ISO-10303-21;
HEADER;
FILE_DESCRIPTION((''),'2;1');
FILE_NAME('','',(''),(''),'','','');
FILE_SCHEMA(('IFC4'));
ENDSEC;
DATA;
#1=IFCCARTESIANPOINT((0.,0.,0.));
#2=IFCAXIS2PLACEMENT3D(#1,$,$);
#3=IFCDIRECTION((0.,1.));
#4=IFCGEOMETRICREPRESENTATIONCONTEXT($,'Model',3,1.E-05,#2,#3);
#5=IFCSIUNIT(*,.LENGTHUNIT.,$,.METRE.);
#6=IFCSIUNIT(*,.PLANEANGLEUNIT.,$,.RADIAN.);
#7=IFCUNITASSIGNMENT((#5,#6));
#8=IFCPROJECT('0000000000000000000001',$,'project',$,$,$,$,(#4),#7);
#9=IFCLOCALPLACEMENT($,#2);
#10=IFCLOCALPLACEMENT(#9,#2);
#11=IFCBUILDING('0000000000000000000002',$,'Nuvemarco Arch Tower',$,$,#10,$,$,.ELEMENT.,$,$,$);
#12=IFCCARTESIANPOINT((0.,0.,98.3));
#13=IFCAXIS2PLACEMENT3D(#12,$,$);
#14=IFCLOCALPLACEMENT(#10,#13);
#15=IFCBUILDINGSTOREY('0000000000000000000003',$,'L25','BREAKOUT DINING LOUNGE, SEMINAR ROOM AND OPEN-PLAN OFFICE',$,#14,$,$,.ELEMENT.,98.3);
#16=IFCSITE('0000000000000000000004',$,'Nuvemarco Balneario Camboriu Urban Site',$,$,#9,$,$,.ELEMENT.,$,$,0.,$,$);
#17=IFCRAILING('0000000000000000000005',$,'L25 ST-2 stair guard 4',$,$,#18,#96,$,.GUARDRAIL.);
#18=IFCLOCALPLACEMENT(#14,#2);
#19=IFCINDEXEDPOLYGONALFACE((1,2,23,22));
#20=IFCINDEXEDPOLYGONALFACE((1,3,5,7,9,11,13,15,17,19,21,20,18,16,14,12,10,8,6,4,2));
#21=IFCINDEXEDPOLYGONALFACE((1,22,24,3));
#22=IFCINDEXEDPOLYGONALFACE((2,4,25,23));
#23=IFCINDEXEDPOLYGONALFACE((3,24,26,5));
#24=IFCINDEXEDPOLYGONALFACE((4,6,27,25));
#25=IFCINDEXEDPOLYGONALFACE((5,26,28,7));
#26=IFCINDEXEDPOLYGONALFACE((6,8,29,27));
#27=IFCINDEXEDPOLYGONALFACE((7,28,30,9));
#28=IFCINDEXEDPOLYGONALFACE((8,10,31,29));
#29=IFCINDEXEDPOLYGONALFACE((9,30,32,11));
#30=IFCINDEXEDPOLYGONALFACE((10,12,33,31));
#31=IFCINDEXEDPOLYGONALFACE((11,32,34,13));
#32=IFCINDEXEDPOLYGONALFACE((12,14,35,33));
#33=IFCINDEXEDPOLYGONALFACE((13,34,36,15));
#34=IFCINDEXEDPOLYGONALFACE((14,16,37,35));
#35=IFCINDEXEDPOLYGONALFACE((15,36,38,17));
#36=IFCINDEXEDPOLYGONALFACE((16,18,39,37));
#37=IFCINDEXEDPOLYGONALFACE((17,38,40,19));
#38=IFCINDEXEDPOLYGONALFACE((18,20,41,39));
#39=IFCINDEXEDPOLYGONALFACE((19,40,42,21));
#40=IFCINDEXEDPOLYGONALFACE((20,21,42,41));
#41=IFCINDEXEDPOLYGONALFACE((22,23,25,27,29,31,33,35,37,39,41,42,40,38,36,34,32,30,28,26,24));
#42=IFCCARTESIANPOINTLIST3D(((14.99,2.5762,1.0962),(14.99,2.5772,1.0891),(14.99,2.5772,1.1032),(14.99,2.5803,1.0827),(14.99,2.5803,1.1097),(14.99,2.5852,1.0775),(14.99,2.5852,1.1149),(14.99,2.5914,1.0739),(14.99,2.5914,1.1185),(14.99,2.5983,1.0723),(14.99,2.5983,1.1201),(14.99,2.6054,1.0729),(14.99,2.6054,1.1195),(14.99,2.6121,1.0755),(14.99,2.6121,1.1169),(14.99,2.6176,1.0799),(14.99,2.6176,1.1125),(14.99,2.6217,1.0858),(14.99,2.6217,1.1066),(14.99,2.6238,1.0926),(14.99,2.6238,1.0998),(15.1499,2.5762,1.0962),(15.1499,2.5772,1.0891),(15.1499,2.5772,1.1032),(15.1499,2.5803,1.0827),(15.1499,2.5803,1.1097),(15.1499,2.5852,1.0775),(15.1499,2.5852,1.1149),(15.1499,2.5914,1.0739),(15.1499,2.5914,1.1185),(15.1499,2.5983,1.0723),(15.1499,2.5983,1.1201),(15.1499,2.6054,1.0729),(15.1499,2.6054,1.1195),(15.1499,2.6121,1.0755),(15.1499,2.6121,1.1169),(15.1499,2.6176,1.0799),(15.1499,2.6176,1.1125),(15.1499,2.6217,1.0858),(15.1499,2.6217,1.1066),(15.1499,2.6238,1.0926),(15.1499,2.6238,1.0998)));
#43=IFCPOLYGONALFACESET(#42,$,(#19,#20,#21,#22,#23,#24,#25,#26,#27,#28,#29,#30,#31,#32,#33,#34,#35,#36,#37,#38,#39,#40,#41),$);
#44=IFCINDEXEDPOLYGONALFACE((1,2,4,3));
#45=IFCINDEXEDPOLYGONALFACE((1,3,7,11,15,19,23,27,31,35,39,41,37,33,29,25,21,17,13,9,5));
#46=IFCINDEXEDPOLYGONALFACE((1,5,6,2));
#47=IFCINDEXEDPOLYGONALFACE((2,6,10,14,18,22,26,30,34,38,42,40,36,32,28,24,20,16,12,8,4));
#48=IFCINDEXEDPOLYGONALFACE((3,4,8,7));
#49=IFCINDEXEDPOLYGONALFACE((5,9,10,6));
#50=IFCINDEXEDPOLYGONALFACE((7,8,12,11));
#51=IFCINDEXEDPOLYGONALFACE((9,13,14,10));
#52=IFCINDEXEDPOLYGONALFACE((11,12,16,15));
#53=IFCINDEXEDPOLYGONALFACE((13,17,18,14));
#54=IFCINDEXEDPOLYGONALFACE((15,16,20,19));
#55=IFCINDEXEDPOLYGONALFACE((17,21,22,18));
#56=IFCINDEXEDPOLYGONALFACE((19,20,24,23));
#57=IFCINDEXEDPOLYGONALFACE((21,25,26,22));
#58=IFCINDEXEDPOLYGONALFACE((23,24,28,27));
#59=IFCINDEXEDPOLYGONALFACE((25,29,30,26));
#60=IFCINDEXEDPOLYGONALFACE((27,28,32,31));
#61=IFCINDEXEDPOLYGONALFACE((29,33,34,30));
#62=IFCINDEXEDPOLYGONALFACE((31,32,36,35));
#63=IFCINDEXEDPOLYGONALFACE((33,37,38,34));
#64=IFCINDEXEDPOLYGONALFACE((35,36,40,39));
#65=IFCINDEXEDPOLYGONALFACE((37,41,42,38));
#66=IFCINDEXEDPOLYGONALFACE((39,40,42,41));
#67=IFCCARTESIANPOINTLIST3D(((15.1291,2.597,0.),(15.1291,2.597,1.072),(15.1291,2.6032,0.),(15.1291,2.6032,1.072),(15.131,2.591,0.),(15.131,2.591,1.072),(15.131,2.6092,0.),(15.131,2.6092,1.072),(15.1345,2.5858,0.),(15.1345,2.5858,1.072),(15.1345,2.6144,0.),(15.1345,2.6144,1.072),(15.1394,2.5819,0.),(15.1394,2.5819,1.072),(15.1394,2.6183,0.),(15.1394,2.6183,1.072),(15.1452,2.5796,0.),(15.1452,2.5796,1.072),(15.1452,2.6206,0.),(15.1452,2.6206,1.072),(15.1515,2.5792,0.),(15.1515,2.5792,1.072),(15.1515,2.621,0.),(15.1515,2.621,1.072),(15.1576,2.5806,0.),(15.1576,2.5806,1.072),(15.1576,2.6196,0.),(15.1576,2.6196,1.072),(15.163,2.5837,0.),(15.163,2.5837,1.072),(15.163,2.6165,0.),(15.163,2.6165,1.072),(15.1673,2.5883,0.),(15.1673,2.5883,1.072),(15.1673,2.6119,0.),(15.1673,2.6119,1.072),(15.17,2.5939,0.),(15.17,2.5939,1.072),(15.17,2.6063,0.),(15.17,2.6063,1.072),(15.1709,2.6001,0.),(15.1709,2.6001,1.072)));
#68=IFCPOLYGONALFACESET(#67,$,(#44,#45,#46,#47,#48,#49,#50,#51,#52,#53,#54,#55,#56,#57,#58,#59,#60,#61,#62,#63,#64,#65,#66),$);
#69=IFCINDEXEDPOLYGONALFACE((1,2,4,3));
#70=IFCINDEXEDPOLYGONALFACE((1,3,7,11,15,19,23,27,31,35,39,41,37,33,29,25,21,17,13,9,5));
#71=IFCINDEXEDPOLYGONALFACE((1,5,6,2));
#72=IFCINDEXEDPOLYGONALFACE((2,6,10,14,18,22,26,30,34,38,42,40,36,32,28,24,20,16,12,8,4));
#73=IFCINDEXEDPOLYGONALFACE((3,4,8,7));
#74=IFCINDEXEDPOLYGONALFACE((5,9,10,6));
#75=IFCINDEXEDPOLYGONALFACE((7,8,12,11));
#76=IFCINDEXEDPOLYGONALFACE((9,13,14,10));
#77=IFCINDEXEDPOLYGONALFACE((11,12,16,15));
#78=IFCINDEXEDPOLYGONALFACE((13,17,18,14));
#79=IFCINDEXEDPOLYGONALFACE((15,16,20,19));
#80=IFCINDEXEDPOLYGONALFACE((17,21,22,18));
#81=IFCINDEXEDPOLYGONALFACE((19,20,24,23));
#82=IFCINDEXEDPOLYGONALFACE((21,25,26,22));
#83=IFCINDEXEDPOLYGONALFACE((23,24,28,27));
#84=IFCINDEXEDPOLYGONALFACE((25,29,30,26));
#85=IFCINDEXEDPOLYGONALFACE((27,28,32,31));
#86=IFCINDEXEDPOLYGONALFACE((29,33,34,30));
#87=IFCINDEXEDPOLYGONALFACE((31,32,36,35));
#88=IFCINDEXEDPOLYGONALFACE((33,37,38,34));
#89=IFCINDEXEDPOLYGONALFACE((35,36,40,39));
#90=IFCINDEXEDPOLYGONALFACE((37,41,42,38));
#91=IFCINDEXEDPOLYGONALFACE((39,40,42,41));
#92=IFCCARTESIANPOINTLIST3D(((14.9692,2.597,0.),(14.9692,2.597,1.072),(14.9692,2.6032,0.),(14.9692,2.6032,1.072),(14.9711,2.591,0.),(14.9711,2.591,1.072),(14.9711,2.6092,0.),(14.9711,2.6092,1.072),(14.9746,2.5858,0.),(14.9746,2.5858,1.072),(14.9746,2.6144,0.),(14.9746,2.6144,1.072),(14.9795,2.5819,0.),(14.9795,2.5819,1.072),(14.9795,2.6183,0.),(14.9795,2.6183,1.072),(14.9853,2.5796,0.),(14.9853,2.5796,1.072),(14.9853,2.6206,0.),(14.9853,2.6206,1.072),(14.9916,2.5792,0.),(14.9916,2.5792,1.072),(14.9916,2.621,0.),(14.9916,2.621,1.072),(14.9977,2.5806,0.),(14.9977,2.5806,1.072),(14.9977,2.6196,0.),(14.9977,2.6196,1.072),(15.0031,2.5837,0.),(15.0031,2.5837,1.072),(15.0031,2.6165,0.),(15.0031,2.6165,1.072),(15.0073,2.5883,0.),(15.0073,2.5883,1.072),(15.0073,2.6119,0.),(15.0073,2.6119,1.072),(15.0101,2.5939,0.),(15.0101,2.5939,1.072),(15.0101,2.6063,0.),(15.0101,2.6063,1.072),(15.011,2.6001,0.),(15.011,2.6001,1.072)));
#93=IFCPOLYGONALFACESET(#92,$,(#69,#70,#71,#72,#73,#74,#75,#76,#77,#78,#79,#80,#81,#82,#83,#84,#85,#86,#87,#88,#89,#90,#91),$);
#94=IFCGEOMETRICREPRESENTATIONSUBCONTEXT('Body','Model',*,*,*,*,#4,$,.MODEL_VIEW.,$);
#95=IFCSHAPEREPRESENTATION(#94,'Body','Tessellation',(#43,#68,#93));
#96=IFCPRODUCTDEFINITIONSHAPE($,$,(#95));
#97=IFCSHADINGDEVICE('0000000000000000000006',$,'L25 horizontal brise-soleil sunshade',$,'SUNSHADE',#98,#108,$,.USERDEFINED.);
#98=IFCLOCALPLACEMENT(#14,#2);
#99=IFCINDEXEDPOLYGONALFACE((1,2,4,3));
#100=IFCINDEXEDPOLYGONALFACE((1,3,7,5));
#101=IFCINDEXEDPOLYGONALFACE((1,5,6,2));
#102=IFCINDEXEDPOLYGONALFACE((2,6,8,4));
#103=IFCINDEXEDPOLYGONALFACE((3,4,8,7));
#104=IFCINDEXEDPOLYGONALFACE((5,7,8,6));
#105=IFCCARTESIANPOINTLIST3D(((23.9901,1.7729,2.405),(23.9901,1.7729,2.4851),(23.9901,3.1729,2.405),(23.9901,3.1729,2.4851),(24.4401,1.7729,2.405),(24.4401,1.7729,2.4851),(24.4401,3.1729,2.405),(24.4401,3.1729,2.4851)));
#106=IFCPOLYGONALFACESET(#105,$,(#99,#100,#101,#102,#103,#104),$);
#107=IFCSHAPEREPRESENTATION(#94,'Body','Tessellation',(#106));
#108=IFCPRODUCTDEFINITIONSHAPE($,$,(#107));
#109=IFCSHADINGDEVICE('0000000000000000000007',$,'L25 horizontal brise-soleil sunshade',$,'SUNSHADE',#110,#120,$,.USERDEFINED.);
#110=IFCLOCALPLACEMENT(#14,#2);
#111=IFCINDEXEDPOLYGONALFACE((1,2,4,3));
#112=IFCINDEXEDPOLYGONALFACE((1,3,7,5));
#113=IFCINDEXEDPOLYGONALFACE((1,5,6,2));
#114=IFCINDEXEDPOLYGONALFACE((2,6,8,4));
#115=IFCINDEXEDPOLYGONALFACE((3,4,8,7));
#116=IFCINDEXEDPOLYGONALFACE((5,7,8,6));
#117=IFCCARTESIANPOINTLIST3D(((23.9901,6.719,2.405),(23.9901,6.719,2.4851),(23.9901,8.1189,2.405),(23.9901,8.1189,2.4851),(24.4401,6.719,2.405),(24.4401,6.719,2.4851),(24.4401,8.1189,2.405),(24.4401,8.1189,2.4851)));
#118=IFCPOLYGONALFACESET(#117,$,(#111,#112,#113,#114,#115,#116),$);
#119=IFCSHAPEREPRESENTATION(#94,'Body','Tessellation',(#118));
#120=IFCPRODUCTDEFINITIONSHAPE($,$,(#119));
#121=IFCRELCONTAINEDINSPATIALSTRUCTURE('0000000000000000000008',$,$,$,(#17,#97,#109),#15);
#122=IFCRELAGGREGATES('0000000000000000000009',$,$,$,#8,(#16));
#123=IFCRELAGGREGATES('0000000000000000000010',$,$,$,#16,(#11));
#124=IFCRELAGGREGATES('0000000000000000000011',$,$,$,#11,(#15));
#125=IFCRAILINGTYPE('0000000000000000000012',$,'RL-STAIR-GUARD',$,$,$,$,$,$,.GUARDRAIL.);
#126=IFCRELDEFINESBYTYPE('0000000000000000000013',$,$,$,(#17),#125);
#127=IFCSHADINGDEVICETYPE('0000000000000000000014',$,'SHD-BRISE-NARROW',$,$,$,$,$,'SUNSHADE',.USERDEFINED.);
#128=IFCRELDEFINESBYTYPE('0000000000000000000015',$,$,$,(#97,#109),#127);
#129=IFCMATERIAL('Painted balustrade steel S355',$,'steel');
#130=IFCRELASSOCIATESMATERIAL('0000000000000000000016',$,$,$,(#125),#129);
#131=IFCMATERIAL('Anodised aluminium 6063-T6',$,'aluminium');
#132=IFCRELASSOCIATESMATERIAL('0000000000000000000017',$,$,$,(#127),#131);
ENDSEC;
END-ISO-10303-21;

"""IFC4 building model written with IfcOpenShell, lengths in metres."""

from ifc_helpers import new_model, si_unit, direction, frame, origin, origin_2d, place, context, subcontext, project, spatial, rectangle, circle, extrude, source, transform, mapped, material, type_object, type_shapes, element, save


model = new_model("IFC4")

# Units and contexts
model_context = context("Model", 3, precision=1e-05, world=origin(), true_north=direction((0.0, 1.0)))
body_context = subcontext(model_context, "Body", "Model", "MODEL_VIEW")
ifc_project = project(units=[si_unit("LENGTHUNIT", "METRE"), si_unit("PLANEANGLEUNIT", "RADIAN")], contexts=[model_context])

# Site, building, storey
site_placement = place(None, origin())
site = spatial("IfcSite", under=ifc_project, at=site_placement, Name="Nuvemarco Balneario Camboriu Urban Site", CompositionType="ELEMENT", RefElevation=0.0)
building_placement = place(site_placement, origin())
building = spatial("IfcBuilding", under=site, at=building_placement, Name="Nuvemarco Arch Tower", CompositionType="ELEMENT")
storey_placement = place(building_placement, frame((0.0, 0.0, 98.3)))
storey = spatial("IfcBuildingStorey", under=building, at=storey_placement, Name="L25", Description="BREAKOUT DINING LOUNGE, SEMINAR ROOM AND OPEN-PLAN OFFICE", CompositionType="ELEMENT", Elevation=98.3)

# Railing
ifc_material_1 = material(Name="Painted balustrade steel S355", Category="steel")
railing_type_1 = type_object("IfcRailingType", Name="RL-STAIR-GUARD", PredefinedType="GUARDRAIL", material=ifc_material_1)
railing_1_placement = place(storey_placement, frame((15.1499, 2.6001, 0.0)))
element("IfcRailing", 1, at=railing_1_placement, inside=storey, type_object=railing_type_1, Name="L25 ST-2 stair guard 4", PredefinedType="GUARDRAIL", context=body_context, shape_type="SweptSolid", body=[
    extrude(circle(Radius=0.0239, at=origin_2d()), frame((0.0, 0.0, 1.0962), z_axis=(-1.0, 0.0, 0.0), x_axis=(0.0, -1.0, 0.0)), (0.0, 0.0, 1.0), 0.1599),
    extrude(circle(Radius=0.021, at=origin_2d()), origin(), (0.0, 0.0, 1.0), 1.072),
    extrude(circle(Radius=0.021, at=origin_2d()), frame((-0.1599, 0.0, 0.0)), (0.0, 0.0, 1.0), 1.072),
])

# Shading devices
ifc_material_2 = material(Name="Anodised aluminium 6063-T6", Category="aluminium")
shading_device_type = type_object("IfcShadingDeviceType", Name="SHD-BRISE-NARROW", ElementType="SUNSHADE", PredefinedType="USERDEFINED", material=ifc_material_2)
shared_shape = source(origin(), body_context, "Body", "SweptSolid", [
    extrude(rectangle(XDim=1.3999, YDim=0.45, at=origin_2d()), origin(), (0.0, 0.0, 1.0), 0.0801),
])
type_shapes(shading_device_type, [shared_shape])
for number, where, z_axis, x_axis, name in (
    (2, (24.2151, 2.4729, 2.405), (0.0, 0.0, 1.0), (0.0, 1.0, 0.0), "L25 horizontal brise-soleil sunshade"),
    (3, (24.2151, 7.4189, 2.405), (0.0, 0.0, 1.0), (0.0, 1.0, 0.0), "L25 horizontal brise-soleil sunshade"),
):
    element("IfcShadingDevice", number, at=place(storey_placement, frame(where, z_axis=z_axis, x_axis=x_axis)), inside=storey, type_object=shading_device_type, Name=name, ObjectType="SUNSHADE", PredefinedType="USERDEFINED", context=body_context, shape_type="MappedRepresentation", body=[
        mapped(shared_shape, transform((0.0, 0.0, 0.0), scale=1.0)),
    ])

save(model, "model.ifc")
